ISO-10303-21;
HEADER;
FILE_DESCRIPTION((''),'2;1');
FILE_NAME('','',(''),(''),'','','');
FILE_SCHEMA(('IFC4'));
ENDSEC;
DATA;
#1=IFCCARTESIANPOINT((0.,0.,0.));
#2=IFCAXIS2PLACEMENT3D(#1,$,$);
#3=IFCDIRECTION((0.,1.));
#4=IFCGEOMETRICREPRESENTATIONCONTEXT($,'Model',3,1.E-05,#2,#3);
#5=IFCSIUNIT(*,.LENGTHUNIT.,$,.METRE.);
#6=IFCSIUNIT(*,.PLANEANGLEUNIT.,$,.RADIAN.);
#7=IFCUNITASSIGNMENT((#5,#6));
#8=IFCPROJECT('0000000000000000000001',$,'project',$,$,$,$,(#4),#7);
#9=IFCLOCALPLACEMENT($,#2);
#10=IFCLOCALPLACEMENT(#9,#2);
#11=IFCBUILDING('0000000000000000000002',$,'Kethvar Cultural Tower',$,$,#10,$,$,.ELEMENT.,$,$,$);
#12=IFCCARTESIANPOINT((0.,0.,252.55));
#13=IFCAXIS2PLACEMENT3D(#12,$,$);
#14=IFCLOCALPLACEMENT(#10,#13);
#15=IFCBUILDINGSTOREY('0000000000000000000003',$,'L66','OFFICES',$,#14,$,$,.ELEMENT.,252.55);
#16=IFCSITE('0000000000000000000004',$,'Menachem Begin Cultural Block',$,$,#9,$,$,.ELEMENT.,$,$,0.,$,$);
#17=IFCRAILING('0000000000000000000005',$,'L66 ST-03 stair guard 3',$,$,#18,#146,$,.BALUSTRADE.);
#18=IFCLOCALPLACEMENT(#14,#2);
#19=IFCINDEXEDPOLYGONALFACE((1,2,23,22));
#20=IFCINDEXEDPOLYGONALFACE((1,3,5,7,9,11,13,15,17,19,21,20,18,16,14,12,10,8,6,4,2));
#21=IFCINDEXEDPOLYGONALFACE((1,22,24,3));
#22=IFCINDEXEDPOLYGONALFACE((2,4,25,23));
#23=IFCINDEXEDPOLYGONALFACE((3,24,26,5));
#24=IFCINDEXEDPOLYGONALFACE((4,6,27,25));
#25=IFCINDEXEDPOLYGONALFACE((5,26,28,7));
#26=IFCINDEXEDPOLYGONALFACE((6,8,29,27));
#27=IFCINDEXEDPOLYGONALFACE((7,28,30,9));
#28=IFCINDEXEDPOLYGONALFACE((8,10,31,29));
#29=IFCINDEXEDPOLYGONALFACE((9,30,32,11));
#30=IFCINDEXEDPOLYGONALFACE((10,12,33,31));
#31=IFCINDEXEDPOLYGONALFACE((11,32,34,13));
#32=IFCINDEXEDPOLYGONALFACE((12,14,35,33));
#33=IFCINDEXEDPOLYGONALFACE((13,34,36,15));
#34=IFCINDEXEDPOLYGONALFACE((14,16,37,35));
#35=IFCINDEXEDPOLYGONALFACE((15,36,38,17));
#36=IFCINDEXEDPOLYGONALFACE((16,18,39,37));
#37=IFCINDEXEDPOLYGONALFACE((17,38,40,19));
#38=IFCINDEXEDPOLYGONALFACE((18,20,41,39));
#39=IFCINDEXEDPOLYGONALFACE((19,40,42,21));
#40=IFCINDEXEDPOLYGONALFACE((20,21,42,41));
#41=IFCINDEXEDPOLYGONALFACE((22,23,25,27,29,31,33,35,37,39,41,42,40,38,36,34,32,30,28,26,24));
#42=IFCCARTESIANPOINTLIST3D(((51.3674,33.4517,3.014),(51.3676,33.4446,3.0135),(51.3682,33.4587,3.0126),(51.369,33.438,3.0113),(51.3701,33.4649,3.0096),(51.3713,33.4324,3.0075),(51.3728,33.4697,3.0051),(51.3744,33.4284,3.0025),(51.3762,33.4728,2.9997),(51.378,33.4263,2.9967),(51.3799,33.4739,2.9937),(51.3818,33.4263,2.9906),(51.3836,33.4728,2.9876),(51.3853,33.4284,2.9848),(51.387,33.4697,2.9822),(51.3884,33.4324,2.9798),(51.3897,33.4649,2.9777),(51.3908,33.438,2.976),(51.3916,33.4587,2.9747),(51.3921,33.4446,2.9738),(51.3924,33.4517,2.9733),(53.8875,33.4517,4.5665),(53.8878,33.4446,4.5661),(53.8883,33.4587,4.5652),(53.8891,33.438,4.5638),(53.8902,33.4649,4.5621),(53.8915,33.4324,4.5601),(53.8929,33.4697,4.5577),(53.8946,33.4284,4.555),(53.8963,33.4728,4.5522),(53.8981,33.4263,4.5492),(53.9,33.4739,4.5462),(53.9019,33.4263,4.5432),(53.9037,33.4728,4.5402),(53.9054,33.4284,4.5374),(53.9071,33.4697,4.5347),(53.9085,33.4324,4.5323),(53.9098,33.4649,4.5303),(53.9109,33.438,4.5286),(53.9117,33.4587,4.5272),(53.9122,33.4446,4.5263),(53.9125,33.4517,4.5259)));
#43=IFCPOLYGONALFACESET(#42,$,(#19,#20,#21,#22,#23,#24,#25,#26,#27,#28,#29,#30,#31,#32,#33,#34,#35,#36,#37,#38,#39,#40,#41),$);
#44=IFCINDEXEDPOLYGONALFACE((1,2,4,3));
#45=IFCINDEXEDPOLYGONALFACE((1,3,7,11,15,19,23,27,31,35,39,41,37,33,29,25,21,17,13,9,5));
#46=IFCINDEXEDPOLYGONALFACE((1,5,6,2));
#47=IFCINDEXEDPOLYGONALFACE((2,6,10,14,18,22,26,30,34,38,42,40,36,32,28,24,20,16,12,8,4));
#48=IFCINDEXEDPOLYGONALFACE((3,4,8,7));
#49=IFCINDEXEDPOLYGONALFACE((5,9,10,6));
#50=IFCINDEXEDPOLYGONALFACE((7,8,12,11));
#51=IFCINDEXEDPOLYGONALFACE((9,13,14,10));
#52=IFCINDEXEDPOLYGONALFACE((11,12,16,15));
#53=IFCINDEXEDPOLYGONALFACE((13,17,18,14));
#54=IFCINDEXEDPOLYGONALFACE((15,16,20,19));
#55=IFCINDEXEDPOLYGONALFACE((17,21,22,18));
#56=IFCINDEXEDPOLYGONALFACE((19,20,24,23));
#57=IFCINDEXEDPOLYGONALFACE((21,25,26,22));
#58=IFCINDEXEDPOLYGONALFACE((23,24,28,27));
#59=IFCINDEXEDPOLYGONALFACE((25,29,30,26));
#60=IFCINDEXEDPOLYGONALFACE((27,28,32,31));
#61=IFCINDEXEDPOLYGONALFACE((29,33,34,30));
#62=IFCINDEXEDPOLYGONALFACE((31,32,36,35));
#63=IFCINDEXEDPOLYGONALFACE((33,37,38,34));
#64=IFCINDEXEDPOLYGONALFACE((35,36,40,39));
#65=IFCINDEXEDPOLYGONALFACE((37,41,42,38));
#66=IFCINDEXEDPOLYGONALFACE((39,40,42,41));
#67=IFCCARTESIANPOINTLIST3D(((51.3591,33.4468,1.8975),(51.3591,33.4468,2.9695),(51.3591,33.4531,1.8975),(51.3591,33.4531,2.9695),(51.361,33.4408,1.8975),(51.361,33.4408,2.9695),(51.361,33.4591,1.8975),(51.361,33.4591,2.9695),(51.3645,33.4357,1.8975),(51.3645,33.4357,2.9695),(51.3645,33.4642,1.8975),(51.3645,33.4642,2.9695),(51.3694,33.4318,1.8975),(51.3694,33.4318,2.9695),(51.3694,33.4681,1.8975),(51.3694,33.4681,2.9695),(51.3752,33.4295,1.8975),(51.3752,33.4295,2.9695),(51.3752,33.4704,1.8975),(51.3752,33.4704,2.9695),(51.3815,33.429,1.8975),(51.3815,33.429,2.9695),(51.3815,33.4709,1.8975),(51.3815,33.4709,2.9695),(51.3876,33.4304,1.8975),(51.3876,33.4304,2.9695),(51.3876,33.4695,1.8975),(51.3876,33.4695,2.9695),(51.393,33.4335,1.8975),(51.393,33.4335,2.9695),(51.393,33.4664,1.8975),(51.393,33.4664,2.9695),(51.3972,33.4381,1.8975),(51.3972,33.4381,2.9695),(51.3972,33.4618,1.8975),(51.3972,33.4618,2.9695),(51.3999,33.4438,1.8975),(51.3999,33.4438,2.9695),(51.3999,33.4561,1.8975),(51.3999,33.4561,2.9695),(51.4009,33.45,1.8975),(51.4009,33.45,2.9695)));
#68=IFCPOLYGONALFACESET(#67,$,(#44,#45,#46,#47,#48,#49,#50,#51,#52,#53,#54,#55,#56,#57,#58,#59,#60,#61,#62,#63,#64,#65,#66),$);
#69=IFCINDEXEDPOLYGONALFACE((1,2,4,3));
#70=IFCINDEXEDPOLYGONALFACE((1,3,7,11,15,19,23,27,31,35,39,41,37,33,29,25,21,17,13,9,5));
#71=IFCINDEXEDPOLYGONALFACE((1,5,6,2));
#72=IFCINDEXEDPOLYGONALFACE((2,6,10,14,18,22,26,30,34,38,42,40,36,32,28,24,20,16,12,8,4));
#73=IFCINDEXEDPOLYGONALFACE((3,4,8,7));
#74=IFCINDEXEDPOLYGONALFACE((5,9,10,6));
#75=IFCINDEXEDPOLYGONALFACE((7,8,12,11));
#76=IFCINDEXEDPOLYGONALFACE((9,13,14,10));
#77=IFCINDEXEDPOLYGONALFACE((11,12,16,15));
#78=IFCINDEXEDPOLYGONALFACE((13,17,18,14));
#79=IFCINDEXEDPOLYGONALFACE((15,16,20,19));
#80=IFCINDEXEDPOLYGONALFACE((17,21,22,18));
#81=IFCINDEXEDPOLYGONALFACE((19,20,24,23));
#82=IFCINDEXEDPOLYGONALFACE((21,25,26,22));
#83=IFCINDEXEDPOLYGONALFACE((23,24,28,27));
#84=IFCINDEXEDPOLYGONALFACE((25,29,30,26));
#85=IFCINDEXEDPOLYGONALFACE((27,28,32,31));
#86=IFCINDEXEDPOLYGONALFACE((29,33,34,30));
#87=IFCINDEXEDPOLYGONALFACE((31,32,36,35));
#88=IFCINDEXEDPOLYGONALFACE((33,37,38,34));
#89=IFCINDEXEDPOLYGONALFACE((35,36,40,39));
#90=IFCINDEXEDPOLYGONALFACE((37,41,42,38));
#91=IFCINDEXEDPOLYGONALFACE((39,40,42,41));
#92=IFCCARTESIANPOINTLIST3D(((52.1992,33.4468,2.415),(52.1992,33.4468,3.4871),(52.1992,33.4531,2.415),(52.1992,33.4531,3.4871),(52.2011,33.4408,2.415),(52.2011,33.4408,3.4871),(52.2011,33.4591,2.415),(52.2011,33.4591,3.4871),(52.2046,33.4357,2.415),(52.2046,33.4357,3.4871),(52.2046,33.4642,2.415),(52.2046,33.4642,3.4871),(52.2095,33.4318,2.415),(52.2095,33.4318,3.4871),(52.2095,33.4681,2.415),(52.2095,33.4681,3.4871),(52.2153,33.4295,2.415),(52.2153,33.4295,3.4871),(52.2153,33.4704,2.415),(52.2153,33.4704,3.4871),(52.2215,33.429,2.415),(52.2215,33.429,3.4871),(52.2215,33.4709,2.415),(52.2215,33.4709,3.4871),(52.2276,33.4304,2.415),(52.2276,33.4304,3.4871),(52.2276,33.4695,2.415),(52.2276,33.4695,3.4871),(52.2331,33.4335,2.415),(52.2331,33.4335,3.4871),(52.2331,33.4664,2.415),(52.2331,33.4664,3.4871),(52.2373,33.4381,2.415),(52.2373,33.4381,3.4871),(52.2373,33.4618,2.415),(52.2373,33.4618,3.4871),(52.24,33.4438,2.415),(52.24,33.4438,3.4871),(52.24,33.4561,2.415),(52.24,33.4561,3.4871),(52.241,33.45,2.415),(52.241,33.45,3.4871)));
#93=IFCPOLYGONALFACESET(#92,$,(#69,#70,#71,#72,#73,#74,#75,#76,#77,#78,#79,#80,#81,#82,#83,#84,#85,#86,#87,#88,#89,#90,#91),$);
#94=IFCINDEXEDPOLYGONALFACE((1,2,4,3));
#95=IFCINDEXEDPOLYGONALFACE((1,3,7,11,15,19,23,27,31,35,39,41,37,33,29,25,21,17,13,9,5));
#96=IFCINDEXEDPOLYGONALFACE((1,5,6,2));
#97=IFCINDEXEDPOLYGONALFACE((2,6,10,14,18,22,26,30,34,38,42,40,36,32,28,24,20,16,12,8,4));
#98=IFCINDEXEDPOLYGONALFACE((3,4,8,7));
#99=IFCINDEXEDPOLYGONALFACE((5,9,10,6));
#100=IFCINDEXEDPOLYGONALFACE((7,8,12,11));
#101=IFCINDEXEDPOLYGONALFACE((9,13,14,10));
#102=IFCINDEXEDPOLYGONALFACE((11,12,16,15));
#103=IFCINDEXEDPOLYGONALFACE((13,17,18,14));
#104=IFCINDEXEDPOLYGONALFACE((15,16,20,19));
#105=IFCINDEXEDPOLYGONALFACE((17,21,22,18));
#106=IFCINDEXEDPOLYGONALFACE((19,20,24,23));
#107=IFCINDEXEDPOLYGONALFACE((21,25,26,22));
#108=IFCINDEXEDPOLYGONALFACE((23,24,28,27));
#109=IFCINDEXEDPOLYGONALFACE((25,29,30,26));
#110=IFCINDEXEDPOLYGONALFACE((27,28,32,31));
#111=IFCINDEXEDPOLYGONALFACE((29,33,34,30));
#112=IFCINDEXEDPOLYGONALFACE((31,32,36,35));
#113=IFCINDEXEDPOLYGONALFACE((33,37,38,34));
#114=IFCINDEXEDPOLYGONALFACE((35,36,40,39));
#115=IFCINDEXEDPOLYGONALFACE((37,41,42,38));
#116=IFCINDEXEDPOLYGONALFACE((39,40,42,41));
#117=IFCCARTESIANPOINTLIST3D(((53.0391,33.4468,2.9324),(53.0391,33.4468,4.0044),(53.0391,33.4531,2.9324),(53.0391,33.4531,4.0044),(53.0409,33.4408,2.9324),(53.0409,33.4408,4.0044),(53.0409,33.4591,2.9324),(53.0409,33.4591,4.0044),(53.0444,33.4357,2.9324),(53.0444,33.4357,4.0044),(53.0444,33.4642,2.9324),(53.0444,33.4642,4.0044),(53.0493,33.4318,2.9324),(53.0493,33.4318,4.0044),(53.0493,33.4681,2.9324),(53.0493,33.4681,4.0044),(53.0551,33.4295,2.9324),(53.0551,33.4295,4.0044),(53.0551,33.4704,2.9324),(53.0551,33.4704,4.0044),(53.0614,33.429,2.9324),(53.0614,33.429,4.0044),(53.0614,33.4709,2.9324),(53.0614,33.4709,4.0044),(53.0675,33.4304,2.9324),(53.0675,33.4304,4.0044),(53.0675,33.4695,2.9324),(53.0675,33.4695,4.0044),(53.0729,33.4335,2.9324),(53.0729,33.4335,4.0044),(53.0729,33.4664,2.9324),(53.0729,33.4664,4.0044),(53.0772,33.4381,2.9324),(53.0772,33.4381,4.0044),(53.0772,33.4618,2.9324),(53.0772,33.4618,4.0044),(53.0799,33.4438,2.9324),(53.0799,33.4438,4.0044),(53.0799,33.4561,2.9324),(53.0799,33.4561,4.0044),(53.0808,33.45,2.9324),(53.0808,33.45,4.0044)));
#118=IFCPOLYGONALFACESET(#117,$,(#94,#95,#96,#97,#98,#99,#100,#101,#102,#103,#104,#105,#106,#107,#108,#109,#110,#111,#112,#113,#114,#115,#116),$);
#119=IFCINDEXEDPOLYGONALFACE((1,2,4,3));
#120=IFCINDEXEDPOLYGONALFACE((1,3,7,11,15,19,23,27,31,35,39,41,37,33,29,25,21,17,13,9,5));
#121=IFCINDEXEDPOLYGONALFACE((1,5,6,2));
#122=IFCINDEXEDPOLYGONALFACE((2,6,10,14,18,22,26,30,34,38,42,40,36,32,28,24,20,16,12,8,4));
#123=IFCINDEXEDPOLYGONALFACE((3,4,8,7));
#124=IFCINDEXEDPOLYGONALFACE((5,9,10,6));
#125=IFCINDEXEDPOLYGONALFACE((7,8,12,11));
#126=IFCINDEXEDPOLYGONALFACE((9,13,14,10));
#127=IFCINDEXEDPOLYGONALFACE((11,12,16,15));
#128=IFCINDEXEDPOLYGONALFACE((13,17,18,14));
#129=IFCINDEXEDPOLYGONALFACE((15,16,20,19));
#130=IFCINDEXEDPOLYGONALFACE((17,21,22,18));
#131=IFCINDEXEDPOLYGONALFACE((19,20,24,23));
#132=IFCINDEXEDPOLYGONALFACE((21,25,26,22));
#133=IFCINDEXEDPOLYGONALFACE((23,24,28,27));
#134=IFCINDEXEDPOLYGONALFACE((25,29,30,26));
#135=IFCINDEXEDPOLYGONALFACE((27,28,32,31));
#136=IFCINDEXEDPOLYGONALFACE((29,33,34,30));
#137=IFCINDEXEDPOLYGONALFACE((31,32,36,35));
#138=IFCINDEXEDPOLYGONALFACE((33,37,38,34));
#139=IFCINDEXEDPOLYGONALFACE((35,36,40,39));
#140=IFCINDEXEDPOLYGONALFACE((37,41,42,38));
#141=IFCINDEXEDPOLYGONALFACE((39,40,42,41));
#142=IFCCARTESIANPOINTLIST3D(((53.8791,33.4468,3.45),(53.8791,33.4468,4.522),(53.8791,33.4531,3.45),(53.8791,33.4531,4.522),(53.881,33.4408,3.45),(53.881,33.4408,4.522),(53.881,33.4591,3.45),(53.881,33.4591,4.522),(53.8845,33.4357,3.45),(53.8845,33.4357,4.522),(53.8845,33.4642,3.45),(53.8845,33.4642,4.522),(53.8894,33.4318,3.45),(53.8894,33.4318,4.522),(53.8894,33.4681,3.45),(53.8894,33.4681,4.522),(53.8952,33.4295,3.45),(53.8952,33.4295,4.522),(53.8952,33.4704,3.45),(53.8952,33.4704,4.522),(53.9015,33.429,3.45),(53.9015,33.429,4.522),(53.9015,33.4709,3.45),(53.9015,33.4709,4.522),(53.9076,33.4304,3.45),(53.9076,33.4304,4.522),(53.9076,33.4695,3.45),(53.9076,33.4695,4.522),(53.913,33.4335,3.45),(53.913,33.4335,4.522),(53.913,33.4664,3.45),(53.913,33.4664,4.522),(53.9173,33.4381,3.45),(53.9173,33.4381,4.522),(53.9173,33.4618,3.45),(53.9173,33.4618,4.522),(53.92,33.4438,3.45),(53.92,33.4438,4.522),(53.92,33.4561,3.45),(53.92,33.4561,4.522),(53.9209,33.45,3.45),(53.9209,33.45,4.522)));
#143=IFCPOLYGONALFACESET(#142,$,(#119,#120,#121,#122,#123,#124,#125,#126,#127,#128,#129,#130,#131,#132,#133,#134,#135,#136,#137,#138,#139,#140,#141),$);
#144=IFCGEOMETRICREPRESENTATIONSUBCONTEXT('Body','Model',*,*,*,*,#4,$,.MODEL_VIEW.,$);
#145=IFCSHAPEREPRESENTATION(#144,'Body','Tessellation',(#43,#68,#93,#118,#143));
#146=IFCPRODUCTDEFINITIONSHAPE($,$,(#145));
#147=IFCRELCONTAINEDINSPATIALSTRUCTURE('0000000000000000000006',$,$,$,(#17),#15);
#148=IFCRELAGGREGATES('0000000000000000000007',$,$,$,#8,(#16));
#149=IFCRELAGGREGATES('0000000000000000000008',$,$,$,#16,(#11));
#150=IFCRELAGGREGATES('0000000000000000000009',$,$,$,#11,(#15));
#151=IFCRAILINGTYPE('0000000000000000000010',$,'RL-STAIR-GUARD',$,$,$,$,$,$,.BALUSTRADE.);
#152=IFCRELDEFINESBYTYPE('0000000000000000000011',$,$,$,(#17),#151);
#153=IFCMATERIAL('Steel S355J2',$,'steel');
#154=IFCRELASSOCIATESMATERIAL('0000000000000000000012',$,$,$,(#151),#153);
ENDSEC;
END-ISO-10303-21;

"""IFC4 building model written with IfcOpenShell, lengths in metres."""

from ifc_helpers import new_model, si_unit, direction, frame, origin, origin_2d, place, context, subcontext, project, spatial, circle, extrude, material, type_object, element, save


model = new_model("IFC4")

# Units and contexts
model_context = context("Model", 3, precision=1e-05, world=origin(), true_north=direction((0.0, 1.0)))
body_context = subcontext(model_context, "Body", "Model", "MODEL_VIEW")
ifc_project = project(units=[si_unit("LENGTHUNIT", "METRE"), si_unit("PLANEANGLEUNIT", "RADIAN")], contexts=[model_context])

# Site, building, storey
site_placement = place(None, origin())
site = spatial("IfcSite", under=ifc_project, at=site_placement, Name="Menachem Begin Cultural Block", CompositionType="ELEMENT", RefElevation=0.0)
building_placement = place(site_placement, origin())
building = spatial("IfcBuilding", under=site, at=building_placement, Name="Kethvar Cultural Tower", CompositionType="ELEMENT")
storey_placement = place(building_placement, frame((0.0, 0.0, 252.55)))
storey = spatial("IfcBuildingStorey", under=building, at=storey_placement, Name="L66", Description="OFFICES", CompositionType="ELEMENT", Elevation=252.55)

# Shared definitions
ifc_material_1 = material(Name="Steel S355J2", Category="steel")

# Railing
railing_type_1 = type_object("IfcRailingType", Name="RL-STAIR-GUARD", PredefinedType="BALUSTRADE", material=ifc_material_1)
railing_1_placement = place(storey_placement, frame((51.3799, 33.45, 1.8975)))
element("IfcRailing", 1, at=railing_1_placement, inside=storey, type_object=railing_type_1, Name="L66 ST-03 stair guard 3", PredefinedType="BALUSTRADE", context=body_context, shape_type="SweptSolid", body=[
    extrude(circle(Radius=0.0239, at=origin_2d()), frame((0.0, 0.0, 1.0962), z_axis=(0.8514, 0.0, 0.524516), x_axis=(0.0, 1.0, 0.0)), (0.0, 0.0, 1.0), 2.96),
    extrude(circle(Radius=0.021, at=origin_2d()), origin(), (0.0, 0.0, 1.0), 1.072),
    extrude(circle(Radius=0.021, at=origin_2d()), frame((0.8401, 0.0, 0.5176)), (0.0, 0.0, 1.0), 1.072),
    extrude(circle(Radius=0.021, at=origin_2d()), frame((1.6799, 0.0, 1.0349)), (0.0, 0.0, 1.0), 1.072),
    extrude(circle(Radius=0.021, at=origin_2d()), frame((2.52, 0.0, 1.5525)), (0.0, 0.0, 1.0), 1.072),
])

save(model, "model.ifc")
